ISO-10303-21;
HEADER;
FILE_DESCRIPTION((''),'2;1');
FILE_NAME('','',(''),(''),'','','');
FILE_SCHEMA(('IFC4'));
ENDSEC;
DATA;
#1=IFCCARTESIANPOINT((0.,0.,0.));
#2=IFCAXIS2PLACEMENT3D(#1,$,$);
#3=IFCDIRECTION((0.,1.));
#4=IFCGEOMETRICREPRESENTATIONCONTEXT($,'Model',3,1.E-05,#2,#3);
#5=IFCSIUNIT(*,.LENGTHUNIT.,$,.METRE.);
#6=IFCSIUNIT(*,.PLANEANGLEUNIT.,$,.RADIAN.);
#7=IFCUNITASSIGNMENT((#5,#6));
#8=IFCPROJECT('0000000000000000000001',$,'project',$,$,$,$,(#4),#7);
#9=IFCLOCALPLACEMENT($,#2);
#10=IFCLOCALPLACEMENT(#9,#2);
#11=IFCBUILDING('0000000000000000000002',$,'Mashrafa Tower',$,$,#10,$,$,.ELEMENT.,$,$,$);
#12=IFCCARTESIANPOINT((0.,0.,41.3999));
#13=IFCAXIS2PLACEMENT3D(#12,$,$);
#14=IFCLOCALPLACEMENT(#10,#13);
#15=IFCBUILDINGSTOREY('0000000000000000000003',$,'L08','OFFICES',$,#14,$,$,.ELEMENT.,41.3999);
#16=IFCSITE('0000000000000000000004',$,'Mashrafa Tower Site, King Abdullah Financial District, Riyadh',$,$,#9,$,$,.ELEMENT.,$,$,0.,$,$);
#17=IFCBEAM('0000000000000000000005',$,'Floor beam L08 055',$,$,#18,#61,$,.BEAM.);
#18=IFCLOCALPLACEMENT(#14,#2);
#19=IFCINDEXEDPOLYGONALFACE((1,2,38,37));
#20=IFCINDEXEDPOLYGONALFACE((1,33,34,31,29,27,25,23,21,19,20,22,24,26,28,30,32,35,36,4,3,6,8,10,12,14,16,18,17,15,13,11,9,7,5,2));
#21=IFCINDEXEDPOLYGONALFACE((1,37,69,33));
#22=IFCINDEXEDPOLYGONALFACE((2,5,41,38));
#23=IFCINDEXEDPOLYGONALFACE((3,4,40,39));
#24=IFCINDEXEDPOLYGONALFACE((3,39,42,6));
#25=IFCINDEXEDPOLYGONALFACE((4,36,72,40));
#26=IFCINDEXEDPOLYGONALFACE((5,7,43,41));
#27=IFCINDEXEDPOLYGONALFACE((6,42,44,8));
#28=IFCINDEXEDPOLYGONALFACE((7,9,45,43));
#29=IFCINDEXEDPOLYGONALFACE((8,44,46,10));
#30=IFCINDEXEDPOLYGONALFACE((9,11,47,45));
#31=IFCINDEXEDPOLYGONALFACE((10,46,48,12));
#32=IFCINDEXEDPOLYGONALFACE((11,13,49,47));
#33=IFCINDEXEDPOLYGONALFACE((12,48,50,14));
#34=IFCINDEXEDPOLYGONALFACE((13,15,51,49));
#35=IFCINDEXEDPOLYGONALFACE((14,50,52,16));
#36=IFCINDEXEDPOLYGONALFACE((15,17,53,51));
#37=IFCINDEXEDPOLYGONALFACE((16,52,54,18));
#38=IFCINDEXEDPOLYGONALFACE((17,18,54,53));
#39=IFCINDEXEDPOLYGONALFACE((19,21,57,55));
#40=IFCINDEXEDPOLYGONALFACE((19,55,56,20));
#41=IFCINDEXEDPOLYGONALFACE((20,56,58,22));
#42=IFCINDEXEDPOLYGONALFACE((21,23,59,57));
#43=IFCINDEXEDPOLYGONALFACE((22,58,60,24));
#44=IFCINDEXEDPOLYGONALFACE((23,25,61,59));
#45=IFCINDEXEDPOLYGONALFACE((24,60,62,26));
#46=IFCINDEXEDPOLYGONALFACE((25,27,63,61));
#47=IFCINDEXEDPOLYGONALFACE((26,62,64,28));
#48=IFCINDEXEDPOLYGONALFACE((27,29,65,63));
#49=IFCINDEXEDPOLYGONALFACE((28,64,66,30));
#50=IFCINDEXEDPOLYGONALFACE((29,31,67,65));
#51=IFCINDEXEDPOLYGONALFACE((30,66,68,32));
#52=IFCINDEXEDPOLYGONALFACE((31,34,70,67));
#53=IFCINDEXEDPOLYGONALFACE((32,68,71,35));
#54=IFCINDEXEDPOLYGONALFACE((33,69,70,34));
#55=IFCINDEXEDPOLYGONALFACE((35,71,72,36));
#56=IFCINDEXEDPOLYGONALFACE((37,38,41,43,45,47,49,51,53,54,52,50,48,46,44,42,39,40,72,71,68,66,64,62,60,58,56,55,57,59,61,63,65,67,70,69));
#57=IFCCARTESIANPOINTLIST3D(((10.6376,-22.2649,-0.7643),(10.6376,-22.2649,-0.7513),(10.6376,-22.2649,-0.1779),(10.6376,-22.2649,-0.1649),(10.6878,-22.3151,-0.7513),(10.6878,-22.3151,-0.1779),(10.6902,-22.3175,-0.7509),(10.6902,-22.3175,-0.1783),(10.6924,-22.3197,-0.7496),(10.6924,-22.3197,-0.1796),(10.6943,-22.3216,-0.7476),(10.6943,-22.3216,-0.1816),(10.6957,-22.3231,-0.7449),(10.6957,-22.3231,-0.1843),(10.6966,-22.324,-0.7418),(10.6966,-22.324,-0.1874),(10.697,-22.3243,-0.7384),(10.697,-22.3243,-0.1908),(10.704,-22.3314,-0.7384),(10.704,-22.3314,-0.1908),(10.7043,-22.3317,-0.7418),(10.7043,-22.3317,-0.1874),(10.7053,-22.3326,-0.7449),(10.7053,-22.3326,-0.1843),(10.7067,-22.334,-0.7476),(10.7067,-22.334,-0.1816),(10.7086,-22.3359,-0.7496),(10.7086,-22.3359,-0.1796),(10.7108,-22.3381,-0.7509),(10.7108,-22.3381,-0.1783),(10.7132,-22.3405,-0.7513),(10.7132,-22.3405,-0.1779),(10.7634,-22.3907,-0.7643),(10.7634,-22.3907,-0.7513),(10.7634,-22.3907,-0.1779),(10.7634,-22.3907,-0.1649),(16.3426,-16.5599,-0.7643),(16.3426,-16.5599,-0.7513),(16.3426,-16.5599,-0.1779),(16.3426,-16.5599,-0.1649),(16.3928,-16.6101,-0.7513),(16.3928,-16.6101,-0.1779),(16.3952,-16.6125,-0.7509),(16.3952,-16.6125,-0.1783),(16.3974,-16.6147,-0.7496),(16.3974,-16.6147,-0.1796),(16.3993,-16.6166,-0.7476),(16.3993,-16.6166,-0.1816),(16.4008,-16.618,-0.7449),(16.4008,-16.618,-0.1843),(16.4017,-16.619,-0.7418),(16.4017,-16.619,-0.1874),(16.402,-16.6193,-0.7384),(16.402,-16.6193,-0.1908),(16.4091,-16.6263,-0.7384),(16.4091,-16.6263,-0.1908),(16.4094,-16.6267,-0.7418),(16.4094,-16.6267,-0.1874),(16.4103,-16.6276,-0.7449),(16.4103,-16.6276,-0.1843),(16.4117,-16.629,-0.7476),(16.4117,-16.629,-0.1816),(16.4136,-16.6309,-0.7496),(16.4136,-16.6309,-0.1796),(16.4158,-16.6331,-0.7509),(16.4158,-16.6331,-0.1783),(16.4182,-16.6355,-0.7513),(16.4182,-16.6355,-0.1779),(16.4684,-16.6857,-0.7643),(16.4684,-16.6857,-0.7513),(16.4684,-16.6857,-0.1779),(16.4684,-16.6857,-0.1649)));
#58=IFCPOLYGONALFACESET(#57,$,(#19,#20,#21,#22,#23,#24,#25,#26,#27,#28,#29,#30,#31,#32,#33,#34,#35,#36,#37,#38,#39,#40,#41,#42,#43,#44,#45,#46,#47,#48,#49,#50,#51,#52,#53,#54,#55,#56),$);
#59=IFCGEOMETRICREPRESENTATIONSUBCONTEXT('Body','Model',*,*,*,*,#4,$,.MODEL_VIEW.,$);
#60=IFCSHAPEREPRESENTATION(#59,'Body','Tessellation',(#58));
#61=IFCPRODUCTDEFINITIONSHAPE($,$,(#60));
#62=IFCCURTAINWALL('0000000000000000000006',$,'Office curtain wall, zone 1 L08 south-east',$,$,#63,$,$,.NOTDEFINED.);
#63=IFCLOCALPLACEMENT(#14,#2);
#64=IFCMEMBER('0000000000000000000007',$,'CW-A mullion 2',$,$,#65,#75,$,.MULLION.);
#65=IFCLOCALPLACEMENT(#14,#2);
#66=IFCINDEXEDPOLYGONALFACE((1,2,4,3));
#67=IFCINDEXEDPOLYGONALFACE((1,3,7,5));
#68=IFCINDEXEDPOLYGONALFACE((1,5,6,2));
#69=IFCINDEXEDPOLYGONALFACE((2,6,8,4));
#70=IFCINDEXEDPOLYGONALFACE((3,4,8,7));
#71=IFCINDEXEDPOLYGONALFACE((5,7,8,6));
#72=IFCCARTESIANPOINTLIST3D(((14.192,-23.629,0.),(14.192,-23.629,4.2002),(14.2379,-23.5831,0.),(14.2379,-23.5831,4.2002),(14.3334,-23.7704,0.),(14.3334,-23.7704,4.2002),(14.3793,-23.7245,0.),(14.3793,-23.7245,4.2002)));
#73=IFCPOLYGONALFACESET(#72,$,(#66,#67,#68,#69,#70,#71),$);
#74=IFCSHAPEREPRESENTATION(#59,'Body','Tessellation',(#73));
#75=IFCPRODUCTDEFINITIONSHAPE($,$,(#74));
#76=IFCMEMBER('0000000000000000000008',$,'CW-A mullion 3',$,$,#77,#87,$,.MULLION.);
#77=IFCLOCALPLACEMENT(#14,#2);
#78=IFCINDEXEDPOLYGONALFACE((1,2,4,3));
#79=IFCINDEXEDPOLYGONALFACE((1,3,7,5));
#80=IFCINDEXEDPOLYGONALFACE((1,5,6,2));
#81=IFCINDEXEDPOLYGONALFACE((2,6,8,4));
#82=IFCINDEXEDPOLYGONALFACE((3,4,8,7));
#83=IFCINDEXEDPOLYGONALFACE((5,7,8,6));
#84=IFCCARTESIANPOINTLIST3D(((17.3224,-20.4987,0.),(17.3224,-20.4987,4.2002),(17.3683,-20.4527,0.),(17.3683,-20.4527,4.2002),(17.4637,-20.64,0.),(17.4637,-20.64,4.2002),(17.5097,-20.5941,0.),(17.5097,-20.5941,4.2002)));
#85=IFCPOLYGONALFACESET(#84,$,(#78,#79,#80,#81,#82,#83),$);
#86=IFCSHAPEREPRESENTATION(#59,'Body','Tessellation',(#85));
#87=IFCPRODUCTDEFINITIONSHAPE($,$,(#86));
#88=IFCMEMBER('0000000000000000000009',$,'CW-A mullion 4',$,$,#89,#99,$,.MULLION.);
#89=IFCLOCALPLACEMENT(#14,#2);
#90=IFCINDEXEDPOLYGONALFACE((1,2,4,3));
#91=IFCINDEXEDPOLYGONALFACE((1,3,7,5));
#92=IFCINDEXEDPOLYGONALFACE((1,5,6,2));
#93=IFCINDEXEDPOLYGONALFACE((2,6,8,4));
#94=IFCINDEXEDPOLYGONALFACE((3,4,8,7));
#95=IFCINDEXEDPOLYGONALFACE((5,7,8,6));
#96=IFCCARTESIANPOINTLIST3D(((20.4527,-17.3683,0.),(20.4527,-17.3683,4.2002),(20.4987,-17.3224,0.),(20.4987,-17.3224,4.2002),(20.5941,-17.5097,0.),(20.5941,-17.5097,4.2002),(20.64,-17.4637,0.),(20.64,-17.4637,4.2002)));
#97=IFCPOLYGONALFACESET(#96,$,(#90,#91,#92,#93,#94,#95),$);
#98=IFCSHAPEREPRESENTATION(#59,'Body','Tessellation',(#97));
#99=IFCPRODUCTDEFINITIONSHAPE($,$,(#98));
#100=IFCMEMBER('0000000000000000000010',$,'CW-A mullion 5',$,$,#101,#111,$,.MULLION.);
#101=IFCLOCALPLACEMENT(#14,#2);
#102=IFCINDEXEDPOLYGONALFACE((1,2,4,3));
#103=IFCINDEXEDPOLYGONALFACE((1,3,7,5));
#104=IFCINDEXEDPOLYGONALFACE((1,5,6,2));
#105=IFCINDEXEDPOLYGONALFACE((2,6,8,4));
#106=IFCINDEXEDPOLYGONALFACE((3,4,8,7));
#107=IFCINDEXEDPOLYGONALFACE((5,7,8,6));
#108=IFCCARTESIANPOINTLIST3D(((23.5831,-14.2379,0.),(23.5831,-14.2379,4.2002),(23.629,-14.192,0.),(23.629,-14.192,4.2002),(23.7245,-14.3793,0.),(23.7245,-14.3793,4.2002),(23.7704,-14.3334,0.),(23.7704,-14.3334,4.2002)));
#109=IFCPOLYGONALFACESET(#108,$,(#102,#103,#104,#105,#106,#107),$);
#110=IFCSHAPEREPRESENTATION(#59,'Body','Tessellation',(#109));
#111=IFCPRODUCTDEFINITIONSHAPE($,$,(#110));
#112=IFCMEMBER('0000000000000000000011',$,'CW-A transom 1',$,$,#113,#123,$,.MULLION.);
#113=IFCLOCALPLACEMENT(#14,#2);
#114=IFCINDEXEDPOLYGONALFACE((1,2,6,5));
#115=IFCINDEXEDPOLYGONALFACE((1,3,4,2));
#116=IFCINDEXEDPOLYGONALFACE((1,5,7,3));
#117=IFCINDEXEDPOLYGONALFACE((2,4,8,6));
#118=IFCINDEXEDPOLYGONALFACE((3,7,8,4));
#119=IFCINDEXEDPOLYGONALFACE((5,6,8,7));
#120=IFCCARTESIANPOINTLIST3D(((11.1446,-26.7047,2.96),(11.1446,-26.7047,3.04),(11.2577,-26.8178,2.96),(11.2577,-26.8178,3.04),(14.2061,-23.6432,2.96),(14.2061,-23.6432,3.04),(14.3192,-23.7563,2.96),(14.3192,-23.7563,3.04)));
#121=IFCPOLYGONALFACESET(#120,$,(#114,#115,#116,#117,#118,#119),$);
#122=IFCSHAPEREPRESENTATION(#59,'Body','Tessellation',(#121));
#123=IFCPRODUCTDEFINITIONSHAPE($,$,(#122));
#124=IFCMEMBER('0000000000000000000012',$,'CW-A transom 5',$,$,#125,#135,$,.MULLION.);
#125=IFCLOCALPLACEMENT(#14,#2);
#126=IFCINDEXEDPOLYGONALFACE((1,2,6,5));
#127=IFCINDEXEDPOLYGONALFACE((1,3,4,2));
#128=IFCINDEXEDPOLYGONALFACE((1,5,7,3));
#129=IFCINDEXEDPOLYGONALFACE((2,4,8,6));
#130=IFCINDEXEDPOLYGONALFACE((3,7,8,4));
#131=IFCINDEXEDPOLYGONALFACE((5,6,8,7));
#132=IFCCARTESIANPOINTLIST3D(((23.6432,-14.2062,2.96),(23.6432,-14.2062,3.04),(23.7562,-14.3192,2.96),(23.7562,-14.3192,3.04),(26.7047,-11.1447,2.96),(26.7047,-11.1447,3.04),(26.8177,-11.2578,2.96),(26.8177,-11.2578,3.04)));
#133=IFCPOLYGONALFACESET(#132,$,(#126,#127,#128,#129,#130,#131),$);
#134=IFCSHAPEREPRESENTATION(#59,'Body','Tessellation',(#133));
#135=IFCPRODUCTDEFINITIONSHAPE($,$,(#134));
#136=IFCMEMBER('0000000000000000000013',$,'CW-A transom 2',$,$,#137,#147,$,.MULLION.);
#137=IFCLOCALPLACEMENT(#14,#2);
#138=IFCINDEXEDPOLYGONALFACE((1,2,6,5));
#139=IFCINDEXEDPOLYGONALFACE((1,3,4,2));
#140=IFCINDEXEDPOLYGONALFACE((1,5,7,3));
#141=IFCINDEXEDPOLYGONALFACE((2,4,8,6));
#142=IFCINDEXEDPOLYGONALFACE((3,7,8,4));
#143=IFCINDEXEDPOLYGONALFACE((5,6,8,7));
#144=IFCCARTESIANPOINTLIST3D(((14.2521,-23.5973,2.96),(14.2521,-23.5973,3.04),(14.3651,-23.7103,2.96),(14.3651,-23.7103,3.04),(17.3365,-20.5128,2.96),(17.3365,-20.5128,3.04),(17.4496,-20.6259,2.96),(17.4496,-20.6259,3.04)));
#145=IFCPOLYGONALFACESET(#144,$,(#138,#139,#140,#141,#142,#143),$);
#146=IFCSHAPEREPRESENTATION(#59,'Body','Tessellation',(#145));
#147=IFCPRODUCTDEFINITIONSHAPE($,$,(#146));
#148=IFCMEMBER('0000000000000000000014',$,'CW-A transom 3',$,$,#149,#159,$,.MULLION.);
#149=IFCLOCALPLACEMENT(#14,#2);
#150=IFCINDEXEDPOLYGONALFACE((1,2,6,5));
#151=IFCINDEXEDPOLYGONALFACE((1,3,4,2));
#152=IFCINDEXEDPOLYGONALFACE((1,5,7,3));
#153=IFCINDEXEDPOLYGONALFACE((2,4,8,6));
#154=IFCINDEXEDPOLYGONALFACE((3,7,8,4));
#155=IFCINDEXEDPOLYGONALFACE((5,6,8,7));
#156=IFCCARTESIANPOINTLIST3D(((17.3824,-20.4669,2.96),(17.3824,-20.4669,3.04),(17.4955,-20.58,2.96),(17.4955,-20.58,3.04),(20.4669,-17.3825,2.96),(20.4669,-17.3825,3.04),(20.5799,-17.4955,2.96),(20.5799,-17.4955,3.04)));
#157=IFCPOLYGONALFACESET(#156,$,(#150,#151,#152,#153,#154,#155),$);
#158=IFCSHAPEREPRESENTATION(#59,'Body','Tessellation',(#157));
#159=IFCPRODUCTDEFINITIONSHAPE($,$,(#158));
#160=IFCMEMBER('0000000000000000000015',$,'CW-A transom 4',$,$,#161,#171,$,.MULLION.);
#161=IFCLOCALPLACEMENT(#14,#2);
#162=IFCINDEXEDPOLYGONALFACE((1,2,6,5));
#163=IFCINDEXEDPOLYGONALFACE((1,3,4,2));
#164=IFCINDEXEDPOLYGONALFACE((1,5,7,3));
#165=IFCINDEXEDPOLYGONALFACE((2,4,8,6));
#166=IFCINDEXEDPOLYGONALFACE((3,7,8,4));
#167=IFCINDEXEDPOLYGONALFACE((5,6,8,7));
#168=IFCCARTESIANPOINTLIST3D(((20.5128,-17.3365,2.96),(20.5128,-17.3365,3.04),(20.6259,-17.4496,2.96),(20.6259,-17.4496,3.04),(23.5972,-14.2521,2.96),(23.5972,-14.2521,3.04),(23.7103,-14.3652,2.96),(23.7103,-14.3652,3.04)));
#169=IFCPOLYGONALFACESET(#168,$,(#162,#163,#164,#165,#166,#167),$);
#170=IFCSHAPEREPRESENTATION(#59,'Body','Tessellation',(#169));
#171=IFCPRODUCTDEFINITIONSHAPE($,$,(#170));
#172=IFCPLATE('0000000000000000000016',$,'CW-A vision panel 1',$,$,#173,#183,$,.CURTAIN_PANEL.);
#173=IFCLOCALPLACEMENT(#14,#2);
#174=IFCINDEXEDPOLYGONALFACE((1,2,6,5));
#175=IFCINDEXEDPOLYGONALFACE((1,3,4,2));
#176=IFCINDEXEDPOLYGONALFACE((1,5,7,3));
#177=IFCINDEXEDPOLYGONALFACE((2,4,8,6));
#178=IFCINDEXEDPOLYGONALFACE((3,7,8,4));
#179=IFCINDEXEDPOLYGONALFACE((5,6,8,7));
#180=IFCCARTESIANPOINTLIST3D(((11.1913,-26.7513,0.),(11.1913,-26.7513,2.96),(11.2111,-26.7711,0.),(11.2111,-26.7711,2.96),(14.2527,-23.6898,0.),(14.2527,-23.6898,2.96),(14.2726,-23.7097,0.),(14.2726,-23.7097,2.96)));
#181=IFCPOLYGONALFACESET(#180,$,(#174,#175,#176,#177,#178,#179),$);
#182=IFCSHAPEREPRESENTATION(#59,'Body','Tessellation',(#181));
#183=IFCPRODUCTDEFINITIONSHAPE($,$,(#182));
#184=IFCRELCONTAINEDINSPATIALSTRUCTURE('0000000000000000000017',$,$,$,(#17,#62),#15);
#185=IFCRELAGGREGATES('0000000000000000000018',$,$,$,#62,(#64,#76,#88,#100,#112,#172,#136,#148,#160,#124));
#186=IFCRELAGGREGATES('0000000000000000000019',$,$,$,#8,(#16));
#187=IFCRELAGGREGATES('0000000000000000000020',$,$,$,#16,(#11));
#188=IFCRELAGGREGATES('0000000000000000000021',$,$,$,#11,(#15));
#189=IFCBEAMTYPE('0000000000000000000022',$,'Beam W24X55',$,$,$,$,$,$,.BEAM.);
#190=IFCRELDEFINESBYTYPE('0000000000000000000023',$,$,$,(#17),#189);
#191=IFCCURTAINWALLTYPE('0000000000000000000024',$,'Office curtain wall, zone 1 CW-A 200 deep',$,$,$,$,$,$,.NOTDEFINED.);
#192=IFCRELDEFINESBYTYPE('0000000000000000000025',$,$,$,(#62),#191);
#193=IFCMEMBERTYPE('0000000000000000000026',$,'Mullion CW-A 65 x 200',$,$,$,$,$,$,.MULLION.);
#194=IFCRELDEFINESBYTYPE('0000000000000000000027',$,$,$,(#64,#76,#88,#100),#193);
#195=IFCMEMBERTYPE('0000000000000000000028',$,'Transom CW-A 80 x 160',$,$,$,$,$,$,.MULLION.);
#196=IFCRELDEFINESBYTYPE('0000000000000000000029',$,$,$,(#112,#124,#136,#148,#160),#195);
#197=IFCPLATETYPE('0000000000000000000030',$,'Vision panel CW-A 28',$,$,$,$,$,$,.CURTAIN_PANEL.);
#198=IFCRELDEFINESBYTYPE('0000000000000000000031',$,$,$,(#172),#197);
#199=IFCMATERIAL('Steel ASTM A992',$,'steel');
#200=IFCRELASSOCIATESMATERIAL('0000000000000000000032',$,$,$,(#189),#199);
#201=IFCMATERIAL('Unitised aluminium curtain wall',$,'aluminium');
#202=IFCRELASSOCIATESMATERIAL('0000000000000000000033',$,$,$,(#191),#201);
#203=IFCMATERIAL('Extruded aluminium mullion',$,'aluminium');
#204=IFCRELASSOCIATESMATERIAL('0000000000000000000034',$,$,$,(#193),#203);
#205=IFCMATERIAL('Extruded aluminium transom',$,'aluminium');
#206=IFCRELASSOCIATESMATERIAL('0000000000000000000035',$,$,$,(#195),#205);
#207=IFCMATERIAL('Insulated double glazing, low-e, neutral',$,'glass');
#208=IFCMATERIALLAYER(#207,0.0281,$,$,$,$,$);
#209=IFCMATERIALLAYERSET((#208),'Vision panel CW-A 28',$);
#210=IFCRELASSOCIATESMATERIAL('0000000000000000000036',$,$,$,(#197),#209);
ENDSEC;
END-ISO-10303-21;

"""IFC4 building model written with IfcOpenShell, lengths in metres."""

from ifc_helpers import new_model, si_unit, direction, frame, origin, origin_2d, place, context, subcontext, project, spatial, rectangle, i_section, extrude, source, transform, mapped, material, layer, layer_set, material_profile, profile_set, type_object, type_shapes, element, aggregate, save


model = new_model("IFC4")

# Units and contexts
model_context = context("Model", 3, precision=1e-05, world=origin(), true_north=direction((0.0, 1.0)))
body_context = subcontext(model_context, "Body", "Model", "MODEL_VIEW")
ifc_project = project(units=[si_unit("LENGTHUNIT", "METRE"), si_unit("PLANEANGLEUNIT", "RADIAN")], contexts=[model_context])

# Site, building, storey
site_placement = place(None, origin())
site = spatial("IfcSite", under=ifc_project, at=site_placement, Name="Mashrafa Tower Site, King Abdullah Financial District, Riyadh", CompositionType="ELEMENT", RefElevation=0.0)
building_placement = place(site_placement, origin())
building = spatial("IfcBuilding", under=site, at=building_placement, Name="Mashrafa Tower", CompositionType="ELEMENT")
storey_placement = place(building_placement, frame((0.0, 0.0, 41.3999)))
storey = spatial("IfcBuildingStorey", under=building, at=storey_placement, Name="L08", Description="OFFICES", CompositionType="ELEMENT", Elevation=41.3999)

# Beam
ifc_material_1 = material(Name="Steel ASTM A992", Category="steel")
ifc_material_profile_1 = material_profile(ifc_material_1, i_section(OverallWidth=0.178, OverallDepth=0.5994, WebThickness=0.01, FlangeThickness=0.0129, FilletRadius=0.0129, at=origin_2d()), Name="W24X55")
ifc_profile_set_1 = profile_set([ifc_material_profile_1], Name="Steel ASTM A992")
beam_type_1 = type_object("IfcBeamType", Name="Beam W24X55", PredefinedType="BEAM", material=ifc_profile_set_1)
beam_1_placement = place(storey_placement, frame((16.4055, -16.6228, -0.4646), z_axis=(-0.707107, -0.707107, 0.0), x_axis=(0.707107, -0.707107, 0.0)))
element("IfcBeam", 1, at=beam_1_placement, inside=storey, type_object=beam_type_1, Name="Floor beam L08 055", PredefinedType="BEAM", context=body_context, shape_type="SweptSolid", body=[
    extrude(i_section(OverallWidth=0.178, OverallDepth=0.5994, WebThickness=0.01, FlangeThickness=0.0129, FilletRadius=0.0129, at=origin_2d()), origin(), (0.0, 0.0, 1.0), 8.0681),
])

# Curtain wall, members, plate
ifc_material_2 = material(Name="Unitised aluminium curtain wall", Category="aluminium")
curtain_wall_type = type_object("IfcCurtainWallType", Name="Office curtain wall, zone 1 CW-A 200 deep", PredefinedType="NOTDEFINED", material=ifc_material_2)
curtain_wall_placement = place(storey_placement, origin())
curtain_wall = element("IfcCurtainWall", 2, at=curtain_wall_placement, inside=storey, type_object=curtain_wall_type, Name="Office curtain wall, zone 1 L08 south-east", PredefinedType="NOTDEFINED")
ifc_material_3 = material(Name="Extruded aluminium mullion", Category="aluminium")
ifc_material_profile_2 = material_profile(ifc_material_3, rectangle(XDim=0.2, YDim=0.0649, at=origin_2d()), Name="Mullion 65x200")
ifc_profile_set_2 = profile_set([ifc_material_profile_2], Name="Extruded aluminium mullion")
member_type_1 = type_object("IfcMemberType", Name="Mullion CW-A 65 x 200", PredefinedType="MULLION", material=ifc_profile_set_2)
shared_shape_1 = source(origin(), body_context, "Body", "SweptSolid", [
    extrude(rectangle(XDim=0.2, YDim=0.0649, at=origin_2d()), origin(), (0.0, 0.0, 1.0), 4.2002),
])
type_shapes(member_type_1, [shared_shape_1])
member_1_placement = place(storey_placement, frame((14.2856, -23.6768, 0.0), z_axis=(0.0, 0.0, 1.0), x_axis=(-0.707107, 0.707107, 0.0)))
member_1 = element("IfcMember", 3, at=member_1_placement, type_object=member_type_1, Name="CW-A mullion 2", PredefinedType="MULLION", context=body_context, shape_type="MappedRepresentation", body=[
    mapped(shared_shape_1, transform((0.0, 0.0, 0.0))),
])
member_2_placement = place(storey_placement, frame((17.416, -20.5464, 0.0), z_axis=(0.0, 0.0, 1.0), x_axis=(-0.707107, 0.707107, 0.0)))
member_2 = element("IfcMember", 4, at=member_2_placement, type_object=member_type_1, Name="CW-A mullion 3", PredefinedType="MULLION", context=body_context, shape_type="MappedRepresentation", body=[
    mapped(shared_shape_1, transform((0.0, 0.0, 0.0))),
])
member_3_placement = place(storey_placement, frame((20.5464, -17.416, 0.0), z_axis=(0.0, 0.0, 1.0), x_axis=(-0.707107, 0.707107, 0.0)))
member_3 = element("IfcMember", 5, at=member_3_placement, type_object=member_type_1, Name="CW-A mullion 4", PredefinedType="MULLION", context=body_context, shape_type="MappedRepresentation", body=[
    mapped(shared_shape_1, transform((0.0, 0.0, 0.0))),
])
member_4_placement = place(storey_placement, frame((23.6768, -14.2856, 0.0), z_axis=(0.0, 0.0, 1.0), x_axis=(-0.707107, 0.707107, 0.0)))
member_4 = element("IfcMember", 6, at=member_4_placement, type_object=member_type_1, Name="CW-A mullion 5", PredefinedType="MULLION", context=body_context, shape_type="MappedRepresentation", body=[
    mapped(shared_shape_1, transform((0.0, 0.0, 0.0))),
])
ifc_material_4 = material(Name="Extruded aluminium transom", Category="aluminium")
ifc_material_profile_3 = material_profile(ifc_material_4, rectangle(XDim=0.1599, YDim=0.0801, at=origin_2d()), Name="Transom 80x160")
ifc_profile_set_3 = profile_set([ifc_material_profile_3], Name="Extruded aluminium transom")
member_type_2 = type_object("IfcMemberType", Name="Transom CW-A 80 x 160", PredefinedType="MULLION", material=ifc_profile_set_3)
shared_shape_2 = source(origin(), body_context, "Body", "SweptSolid", [
    extrude(rectangle(XDim=0.1599, YDim=0.0801, at=origin_2d()), origin(), (0.0, 0.0, 1.0), 4.3296),
])
member_5_placement = place(storey_placement, frame((11.2012, -26.7612, 3.0), z_axis=(0.707107, 0.707107, 0.0), x_axis=(-0.707107, 0.707107, 0.0)))
member_5 = element("IfcMember", 7, at=member_5_placement, type_object=member_type_2, Name="CW-A transom 1", PredefinedType="MULLION", context=body_context, shape_type="MappedRepresentation", body=[
    mapped(shared_shape_2, transform((0.0, 0.0, 0.0))),
])
member_6_placement = place(storey_placement, frame((23.6997, -14.2627, 3.0), z_axis=(0.707107, 0.707107, 0.0), x_axis=(-0.707107, 0.707107, 0.0)))
member_6 = element("IfcMember", 8, at=member_6_placement, type_object=member_type_2, Name="CW-A transom 5", PredefinedType="MULLION", context=body_context, shape_type="MappedRepresentation", body=[
    mapped(shared_shape_2, transform((0.0, 0.0, 0.0))),
])
shared_shape_3 = source(origin(), body_context, "Body", "SweptSolid", [
    extrude(rectangle(XDim=0.1599, YDim=0.0801, at=origin_2d()), origin(), (0.0, 0.0, 1.0), 4.3621),
])
type_shapes(member_type_2, [shared_shape_2, shared_shape_3])
member_7_placement = place(storey_placement, frame((14.3086, -23.6538, 3.0), z_axis=(0.707107, 0.707107, 0.0), x_axis=(-0.707107, 0.707107, 0.0)))
member_7 = element("IfcMember", 9, at=member_7_placement, type_object=member_type_2, Name="CW-A transom 2", PredefinedType="MULLION", context=body_context, shape_type="MappedRepresentation", body=[
    mapped(shared_shape_3, transform((0.0, 0.0, 0.0))),
])
member_8_placement = place(storey_placement, frame((17.439, -20.5234, 3.0), z_axis=(0.707107, 0.707107, 0.0), x_axis=(-0.707107, 0.707107, 0.0)))
member_8 = element("IfcMember", 10, at=member_8_placement, type_object=member_type_2, Name="CW-A transom 3", PredefinedType="MULLION", context=body_context, shape_type="MappedRepresentation", body=[
    mapped(shared_shape_3, transform((0.0, 0.0, 0.0))),
])
member_9_placement = place(storey_placement, frame((20.5693, -17.3931, 3.0), z_axis=(0.707107, 0.707107, 0.0), x_axis=(-0.707107, 0.707107, 0.0)))
member_9 = element("IfcMember", 11, at=member_9_placement, type_object=member_type_2, Name="CW-A transom 4", PredefinedType="MULLION", context=body_context, shape_type="MappedRepresentation", body=[
    mapped(shared_shape_3, transform((0.0, 0.0, 0.0))),
])
ifc_material_5 = material(Name="Insulated double glazing, low-e, neutral", Category="glass")
ifc_layer_1 = layer(ifc_material_5, 0.0281)
ifc_layer_set_1 = layer_set([ifc_layer_1], Name="Vision panel CW-A 28")
plate_type_1 = type_object("IfcPlateType", Name="Vision panel CW-A 28", PredefinedType="CURTAIN_PANEL", material=ifc_layer_set_1)
shared_shape_4 = source(origin(), body_context, "Body", "SweptSolid", [
    extrude(rectangle(XDim=4.3296, YDim=0.0281, at=origin_2d()), origin(), (0.0, 0.0, 1.0), 2.96),
])
plate_1_placement = place(storey_placement, frame((12.7319, -25.2305, 0.0), z_axis=(0.0, 0.0, 1.0), x_axis=(0.707107, 0.707107, 0.0)))
plate_1 = element("IfcPlate", 12, at=plate_1_placement, type_object=plate_type_1, Name="CW-A vision panel 1", PredefinedType="CURTAIN_PANEL", context=body_context, shape_type="MappedRepresentation", body=[
    mapped(shared_shape_4, transform((0.0, 0.0, 0.0))),
])
aggregate(curtain_wall, [member_1, member_2, member_3, member_4, member_5, plate_1, member_7, member_8, member_9, member_6])

save(model, "model.ifc")
